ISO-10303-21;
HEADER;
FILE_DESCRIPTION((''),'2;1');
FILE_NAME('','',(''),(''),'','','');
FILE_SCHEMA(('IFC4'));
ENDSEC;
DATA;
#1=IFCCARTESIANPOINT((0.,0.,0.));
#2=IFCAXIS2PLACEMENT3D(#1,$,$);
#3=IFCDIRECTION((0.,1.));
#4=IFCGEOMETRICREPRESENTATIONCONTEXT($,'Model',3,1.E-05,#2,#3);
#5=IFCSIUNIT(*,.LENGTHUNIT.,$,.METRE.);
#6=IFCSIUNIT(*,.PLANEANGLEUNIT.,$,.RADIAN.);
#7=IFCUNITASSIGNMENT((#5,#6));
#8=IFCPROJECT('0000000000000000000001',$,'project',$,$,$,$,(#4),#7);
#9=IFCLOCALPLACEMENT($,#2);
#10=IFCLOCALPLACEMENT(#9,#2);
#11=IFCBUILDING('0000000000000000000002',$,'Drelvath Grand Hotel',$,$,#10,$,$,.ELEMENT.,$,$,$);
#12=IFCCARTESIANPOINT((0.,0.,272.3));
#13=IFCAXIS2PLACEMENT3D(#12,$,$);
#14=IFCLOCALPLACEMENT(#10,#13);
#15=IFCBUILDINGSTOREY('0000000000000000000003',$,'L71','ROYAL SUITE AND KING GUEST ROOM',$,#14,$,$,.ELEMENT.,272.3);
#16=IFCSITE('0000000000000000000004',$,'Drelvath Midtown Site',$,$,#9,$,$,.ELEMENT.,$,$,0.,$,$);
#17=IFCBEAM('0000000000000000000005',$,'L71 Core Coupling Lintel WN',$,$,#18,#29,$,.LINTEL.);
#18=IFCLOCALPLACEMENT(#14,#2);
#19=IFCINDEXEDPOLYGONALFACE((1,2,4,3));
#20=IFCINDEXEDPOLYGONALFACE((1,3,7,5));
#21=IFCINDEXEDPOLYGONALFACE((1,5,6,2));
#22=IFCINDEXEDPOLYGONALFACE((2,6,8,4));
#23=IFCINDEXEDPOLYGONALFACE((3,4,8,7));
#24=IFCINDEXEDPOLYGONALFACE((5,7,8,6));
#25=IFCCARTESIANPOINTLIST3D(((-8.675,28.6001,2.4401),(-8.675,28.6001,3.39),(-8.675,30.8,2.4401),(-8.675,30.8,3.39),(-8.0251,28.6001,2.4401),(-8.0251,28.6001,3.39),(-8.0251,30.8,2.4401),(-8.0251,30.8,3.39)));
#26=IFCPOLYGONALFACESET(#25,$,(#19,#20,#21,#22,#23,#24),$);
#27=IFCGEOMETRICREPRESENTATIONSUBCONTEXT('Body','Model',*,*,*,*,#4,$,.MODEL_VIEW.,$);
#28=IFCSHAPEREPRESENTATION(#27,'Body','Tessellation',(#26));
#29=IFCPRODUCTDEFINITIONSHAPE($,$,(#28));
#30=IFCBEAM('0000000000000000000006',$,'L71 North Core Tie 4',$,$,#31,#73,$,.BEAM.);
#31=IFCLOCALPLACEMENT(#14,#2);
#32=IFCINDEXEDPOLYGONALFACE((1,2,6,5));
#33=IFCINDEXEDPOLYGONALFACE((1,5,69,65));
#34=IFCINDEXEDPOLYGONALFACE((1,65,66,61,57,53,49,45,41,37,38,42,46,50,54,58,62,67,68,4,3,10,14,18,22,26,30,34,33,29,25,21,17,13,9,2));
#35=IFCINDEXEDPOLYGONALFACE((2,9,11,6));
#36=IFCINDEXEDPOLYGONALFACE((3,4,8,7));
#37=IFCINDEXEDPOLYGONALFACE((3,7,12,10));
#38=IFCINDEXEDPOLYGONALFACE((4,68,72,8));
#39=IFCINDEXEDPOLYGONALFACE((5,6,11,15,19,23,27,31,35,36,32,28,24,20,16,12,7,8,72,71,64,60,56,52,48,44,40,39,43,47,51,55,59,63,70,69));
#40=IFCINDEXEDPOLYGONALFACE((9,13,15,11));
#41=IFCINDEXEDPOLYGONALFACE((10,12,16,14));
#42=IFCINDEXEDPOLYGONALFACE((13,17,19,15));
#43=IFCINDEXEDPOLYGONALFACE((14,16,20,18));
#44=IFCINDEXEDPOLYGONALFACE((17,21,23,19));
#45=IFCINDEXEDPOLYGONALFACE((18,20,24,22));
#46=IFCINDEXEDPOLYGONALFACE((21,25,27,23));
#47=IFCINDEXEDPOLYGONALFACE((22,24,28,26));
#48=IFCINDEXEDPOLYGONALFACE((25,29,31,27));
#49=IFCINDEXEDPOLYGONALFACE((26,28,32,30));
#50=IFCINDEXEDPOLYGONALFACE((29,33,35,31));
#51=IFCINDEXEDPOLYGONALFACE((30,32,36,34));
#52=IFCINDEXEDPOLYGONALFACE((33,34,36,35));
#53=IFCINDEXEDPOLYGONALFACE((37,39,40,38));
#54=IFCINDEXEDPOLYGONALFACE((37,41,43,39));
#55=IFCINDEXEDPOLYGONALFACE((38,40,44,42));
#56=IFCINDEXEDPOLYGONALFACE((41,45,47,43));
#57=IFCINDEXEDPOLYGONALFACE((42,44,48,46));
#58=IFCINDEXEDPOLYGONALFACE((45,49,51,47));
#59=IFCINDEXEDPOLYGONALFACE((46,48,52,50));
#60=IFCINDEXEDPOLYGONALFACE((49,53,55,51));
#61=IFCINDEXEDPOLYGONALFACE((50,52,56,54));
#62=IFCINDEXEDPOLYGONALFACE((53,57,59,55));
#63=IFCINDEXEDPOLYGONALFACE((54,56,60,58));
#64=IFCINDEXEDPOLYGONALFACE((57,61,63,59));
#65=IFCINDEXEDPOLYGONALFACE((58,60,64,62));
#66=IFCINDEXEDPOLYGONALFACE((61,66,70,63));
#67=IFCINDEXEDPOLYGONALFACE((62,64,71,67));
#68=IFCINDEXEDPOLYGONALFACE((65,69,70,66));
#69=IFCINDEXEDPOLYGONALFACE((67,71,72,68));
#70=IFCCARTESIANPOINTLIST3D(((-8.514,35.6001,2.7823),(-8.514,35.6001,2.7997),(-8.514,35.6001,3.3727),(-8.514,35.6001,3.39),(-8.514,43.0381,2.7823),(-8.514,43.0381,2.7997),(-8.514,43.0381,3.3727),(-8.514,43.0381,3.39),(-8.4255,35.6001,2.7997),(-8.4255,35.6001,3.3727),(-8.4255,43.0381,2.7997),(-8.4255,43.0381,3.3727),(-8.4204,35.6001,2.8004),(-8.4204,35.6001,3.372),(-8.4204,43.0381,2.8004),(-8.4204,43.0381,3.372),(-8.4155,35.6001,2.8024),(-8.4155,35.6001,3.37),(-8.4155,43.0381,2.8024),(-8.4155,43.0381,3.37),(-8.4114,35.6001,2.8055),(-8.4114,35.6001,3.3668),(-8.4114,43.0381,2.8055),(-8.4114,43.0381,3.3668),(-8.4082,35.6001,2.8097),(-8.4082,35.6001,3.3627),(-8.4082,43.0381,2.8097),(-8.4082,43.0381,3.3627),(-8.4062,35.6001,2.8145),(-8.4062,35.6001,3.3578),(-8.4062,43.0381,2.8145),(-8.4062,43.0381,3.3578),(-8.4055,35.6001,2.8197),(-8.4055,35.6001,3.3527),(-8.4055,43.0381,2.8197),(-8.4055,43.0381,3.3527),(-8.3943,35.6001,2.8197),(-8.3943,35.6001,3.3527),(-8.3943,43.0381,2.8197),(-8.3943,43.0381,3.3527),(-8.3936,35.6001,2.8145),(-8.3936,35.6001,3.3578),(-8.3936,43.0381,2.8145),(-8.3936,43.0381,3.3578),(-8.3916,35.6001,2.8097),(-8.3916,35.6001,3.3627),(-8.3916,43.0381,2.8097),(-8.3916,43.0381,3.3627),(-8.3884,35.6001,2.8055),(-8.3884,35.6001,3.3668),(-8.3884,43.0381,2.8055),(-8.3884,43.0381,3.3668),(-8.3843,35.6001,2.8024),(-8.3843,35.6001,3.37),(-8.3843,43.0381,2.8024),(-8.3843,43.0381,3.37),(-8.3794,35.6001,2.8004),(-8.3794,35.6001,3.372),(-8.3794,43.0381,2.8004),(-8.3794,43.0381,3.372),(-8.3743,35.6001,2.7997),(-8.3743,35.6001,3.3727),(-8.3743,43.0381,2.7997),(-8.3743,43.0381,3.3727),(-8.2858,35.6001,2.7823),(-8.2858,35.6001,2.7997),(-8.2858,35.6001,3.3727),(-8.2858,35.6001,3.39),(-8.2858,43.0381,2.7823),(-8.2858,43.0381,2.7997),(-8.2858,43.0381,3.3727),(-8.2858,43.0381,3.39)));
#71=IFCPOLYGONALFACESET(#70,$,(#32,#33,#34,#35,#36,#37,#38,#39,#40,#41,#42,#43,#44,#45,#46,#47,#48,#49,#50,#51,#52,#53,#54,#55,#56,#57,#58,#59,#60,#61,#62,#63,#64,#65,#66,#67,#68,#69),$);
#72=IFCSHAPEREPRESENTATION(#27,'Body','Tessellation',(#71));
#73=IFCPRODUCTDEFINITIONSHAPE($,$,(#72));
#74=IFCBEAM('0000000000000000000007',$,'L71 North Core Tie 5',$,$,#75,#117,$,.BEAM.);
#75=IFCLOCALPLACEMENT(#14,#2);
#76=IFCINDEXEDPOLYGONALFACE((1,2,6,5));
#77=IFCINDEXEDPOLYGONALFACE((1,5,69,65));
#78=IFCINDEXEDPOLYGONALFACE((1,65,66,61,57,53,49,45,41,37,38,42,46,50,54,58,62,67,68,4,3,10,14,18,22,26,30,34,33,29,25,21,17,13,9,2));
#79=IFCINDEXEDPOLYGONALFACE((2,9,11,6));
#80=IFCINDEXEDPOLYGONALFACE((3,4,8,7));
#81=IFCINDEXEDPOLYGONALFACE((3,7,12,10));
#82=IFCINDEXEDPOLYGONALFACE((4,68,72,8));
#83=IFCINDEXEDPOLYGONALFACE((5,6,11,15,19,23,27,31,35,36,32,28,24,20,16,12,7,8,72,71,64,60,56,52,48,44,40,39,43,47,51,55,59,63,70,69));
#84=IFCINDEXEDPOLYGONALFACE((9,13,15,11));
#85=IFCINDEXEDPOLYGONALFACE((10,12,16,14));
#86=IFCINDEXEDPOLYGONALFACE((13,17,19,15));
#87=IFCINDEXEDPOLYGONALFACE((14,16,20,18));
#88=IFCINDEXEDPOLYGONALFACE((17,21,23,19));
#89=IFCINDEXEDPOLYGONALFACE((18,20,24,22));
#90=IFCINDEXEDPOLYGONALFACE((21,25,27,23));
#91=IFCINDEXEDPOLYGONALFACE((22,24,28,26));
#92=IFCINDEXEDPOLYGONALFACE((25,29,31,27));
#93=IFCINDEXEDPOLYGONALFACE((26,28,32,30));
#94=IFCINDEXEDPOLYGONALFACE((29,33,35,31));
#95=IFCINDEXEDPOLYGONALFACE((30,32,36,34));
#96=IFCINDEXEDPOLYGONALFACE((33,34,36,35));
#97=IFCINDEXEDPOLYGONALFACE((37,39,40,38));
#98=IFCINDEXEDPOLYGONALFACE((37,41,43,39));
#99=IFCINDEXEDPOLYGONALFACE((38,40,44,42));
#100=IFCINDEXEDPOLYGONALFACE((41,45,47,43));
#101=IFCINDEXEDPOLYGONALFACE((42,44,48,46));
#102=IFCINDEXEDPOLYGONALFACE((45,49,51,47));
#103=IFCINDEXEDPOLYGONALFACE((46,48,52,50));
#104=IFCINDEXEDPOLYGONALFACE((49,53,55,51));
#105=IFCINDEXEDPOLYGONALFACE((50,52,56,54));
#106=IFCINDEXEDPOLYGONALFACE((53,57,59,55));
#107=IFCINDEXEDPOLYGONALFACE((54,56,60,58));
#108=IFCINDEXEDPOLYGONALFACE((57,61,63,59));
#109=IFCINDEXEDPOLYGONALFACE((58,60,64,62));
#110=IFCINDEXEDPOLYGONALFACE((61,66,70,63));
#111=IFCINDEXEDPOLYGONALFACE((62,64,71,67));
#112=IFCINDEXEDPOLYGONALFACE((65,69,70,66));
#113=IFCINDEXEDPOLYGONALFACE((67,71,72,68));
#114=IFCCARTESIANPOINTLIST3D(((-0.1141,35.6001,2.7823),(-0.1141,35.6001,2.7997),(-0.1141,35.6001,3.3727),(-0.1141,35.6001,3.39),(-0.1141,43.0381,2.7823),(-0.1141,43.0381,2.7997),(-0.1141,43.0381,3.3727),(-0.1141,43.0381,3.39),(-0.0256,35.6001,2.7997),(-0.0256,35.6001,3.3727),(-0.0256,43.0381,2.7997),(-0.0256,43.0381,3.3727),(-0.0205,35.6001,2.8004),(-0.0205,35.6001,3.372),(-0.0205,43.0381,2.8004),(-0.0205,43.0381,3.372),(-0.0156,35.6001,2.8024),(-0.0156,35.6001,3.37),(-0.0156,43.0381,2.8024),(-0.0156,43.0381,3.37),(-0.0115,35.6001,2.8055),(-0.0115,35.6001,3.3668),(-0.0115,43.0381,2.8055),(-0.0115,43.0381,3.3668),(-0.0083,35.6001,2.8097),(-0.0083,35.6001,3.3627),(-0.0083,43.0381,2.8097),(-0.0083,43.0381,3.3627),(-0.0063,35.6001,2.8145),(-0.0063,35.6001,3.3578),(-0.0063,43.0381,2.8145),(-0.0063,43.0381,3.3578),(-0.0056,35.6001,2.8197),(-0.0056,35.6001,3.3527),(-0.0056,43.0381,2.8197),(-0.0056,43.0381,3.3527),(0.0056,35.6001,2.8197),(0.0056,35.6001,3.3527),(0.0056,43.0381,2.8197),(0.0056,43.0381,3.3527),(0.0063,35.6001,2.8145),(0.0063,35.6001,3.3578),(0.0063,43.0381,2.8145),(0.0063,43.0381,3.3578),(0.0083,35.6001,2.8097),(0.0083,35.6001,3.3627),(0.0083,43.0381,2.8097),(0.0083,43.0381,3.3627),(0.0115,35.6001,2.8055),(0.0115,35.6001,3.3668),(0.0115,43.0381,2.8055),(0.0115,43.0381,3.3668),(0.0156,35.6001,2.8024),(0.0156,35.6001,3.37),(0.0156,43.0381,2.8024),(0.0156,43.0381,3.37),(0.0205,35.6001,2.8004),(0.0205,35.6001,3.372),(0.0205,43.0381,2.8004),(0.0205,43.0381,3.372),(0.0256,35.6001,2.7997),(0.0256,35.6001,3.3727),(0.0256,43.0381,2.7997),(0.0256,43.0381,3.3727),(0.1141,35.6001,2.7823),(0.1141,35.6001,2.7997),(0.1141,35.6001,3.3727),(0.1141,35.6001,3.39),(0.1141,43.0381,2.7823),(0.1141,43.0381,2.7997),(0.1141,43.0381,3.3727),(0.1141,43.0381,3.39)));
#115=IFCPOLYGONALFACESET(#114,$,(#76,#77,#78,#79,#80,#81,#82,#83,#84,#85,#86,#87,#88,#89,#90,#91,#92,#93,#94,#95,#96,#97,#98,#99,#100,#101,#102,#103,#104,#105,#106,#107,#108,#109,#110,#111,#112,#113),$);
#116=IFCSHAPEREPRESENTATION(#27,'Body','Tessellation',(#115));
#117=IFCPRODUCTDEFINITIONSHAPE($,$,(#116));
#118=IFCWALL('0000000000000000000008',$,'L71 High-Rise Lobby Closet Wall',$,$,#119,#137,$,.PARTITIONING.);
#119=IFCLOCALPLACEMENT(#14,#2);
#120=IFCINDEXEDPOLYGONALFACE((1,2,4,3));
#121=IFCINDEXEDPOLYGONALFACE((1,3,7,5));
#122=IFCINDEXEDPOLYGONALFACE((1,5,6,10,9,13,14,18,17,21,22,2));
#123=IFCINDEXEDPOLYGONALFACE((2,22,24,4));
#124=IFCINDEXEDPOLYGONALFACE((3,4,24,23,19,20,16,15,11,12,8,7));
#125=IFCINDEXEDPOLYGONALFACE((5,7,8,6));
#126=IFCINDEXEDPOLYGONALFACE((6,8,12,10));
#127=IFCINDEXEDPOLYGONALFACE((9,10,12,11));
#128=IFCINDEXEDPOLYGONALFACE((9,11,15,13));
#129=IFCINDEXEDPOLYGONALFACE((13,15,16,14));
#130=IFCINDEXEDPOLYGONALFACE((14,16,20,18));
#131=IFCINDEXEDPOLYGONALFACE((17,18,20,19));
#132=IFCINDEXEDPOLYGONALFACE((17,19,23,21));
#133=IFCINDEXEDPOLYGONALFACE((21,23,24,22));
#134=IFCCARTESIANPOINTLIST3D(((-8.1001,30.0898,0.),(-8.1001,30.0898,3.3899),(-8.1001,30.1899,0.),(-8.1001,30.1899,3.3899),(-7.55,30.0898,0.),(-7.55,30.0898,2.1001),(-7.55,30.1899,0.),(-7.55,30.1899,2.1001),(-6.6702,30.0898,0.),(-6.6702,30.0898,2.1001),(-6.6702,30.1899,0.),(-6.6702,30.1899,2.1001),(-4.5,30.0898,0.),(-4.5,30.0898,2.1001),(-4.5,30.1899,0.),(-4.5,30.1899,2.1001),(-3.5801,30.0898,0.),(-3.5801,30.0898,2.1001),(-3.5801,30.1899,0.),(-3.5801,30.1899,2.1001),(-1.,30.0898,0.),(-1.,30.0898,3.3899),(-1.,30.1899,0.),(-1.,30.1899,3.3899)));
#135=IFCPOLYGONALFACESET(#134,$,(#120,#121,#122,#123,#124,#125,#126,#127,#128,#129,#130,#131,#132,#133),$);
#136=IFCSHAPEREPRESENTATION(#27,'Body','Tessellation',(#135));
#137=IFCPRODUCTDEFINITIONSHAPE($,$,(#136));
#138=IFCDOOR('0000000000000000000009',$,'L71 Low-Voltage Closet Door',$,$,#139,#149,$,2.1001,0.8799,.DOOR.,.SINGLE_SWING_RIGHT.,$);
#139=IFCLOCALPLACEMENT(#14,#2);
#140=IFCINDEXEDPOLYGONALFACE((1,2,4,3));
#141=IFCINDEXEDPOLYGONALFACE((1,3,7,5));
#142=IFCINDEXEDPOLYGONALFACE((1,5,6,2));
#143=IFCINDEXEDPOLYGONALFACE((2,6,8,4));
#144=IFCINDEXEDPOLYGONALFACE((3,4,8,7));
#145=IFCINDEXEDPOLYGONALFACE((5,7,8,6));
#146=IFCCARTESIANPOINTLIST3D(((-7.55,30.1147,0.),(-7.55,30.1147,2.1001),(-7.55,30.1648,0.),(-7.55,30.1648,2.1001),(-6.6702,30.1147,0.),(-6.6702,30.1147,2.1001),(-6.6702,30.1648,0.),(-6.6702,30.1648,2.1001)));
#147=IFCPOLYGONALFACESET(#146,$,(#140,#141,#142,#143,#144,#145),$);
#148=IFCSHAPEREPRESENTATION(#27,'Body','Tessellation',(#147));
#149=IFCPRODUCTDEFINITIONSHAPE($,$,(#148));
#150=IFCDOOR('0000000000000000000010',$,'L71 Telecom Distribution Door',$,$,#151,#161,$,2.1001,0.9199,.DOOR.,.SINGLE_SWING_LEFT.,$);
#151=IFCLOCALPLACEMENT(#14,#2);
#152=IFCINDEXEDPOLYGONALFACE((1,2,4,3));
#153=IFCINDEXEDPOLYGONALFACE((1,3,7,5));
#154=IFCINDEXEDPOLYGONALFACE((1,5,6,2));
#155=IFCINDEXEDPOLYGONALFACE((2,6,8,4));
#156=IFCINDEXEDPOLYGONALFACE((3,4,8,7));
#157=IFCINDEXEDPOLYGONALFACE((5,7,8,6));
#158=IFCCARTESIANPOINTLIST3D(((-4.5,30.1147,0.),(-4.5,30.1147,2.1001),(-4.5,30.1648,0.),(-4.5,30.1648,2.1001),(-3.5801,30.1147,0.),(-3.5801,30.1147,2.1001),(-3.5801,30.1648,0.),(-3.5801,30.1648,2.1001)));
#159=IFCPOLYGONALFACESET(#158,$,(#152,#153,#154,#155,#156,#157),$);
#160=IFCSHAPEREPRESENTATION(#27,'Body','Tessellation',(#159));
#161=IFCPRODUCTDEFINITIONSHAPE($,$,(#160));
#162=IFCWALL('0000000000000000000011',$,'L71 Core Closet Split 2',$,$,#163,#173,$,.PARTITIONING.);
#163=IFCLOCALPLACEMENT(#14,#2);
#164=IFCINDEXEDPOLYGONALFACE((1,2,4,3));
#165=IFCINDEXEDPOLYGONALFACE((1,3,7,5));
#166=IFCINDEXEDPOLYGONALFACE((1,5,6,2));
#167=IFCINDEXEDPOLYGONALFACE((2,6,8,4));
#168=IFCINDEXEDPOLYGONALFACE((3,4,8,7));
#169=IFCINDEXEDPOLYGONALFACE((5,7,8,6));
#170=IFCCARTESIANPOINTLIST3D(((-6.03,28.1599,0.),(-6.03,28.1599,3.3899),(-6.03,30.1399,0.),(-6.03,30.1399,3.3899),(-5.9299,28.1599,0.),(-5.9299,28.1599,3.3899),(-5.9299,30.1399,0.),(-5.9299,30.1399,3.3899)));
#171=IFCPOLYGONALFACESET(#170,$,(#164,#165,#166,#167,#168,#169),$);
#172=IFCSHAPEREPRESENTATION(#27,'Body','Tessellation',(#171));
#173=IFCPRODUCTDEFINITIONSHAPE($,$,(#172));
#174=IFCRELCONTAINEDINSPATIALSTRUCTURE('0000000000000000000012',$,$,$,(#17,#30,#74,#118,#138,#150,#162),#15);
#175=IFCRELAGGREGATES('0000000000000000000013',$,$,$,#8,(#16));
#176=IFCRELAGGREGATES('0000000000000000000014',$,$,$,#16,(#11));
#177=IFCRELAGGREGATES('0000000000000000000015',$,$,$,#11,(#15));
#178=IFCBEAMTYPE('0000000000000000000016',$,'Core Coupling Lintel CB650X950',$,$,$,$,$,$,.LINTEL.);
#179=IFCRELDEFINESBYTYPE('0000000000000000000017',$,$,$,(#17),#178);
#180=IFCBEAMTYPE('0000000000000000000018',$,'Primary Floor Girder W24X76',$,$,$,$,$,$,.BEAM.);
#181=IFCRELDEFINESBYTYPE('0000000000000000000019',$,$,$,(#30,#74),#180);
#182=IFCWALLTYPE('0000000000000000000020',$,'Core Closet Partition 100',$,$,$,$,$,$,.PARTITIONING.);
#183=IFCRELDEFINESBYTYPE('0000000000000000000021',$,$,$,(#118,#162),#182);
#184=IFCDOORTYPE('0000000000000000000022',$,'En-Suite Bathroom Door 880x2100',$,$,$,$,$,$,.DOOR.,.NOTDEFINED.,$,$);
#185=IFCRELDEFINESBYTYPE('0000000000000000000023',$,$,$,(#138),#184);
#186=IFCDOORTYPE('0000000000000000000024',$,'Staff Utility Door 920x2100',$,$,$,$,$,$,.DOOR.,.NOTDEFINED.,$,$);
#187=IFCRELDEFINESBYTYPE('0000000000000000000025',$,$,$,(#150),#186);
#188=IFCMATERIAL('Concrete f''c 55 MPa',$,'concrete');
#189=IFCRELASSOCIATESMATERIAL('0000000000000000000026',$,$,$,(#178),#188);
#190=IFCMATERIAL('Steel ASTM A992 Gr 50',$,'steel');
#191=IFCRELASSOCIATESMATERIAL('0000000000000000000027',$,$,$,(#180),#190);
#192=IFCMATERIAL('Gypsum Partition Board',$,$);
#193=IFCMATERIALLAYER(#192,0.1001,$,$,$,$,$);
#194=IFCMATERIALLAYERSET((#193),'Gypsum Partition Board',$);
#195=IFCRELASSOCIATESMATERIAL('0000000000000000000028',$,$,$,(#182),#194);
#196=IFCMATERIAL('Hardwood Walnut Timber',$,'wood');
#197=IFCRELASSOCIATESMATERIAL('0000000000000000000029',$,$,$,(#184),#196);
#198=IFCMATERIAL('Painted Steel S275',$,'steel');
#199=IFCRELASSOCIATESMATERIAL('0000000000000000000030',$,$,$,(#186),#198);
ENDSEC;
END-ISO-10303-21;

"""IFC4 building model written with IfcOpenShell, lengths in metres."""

from ifc_helpers import new_model, si_unit, direction, frame, frame_2d, origin, origin_2d, place, context, subcontext, project, spatial, rectangle, i_section, extrude, material, layer, layer_set, material_profile, profile_set, type_object, element, fill, save


model = new_model("IFC4")

# Units and contexts
model_context = context("Model", 3, precision=1e-05, world=origin(), true_north=direction((0.0, 1.0)))
body_context = subcontext(model_context, "Body", "Model", "MODEL_VIEW")
ifc_project = project(units=[si_unit("LENGTHUNIT", "METRE"), si_unit("PLANEANGLEUNIT", "RADIAN")], contexts=[model_context])

# Site, building, storey
site_placement = place(None, origin())
site = spatial("IfcSite", under=ifc_project, at=site_placement, Name="Drelvath Midtown Site", CompositionType="ELEMENT", RefElevation=0.0)
building_placement = place(site_placement, origin())
building = spatial("IfcBuilding", under=site, at=building_placement, Name="Drelvath Grand Hotel", CompositionType="ELEMENT")
storey_placement = place(building_placement, frame((0.0, 0.0, 272.3)))
storey = spatial("IfcBuildingStorey", under=building, at=storey_placement, Name="L71", Description="ROYAL SUITE AND KING GUEST ROOM", CompositionType="ELEMENT", Elevation=272.3)

# Beams
ifc_material_1 = material(Name="Concrete f'c 55 MPa", Category="concrete")
ifc_material_profile_1 = material_profile(ifc_material_1, rectangle(XDim=0.6499, YDim=0.95, at=origin_2d()), Name="CB650X950")
ifc_profile_set_1 = profile_set([ifc_material_profile_1], Name="Concrete f'c 55 MPa")
beam_type_1 = type_object("IfcBeamType", Name="Core Coupling Lintel CB650X950", PredefinedType="LINTEL", material=ifc_profile_set_1)
beam_placement = place(storey_placement, frame((-8.3501, 28.6001, 2.915), z_axis=(0.0, 1.0, 0.0), x_axis=(-1.0, 0.0, 0.0)))
element("IfcBeam", 1, at=beam_placement, inside=storey, type_object=beam_type_1, Name="L71 Core Coupling Lintel WN", PredefinedType="LINTEL", context=body_context, shape_type="SweptSolid", body=[
    extrude(rectangle(XDim=0.6499, YDim=0.95, at=origin_2d()), origin(), (0.0, 0.0, 1.0), 2.2),
])
ifc_material_2 = material(Name="Steel ASTM A992 Gr 50", Category="steel")
ifc_material_profile_2 = material_profile(ifc_material_2, i_section(OverallWidth=0.2283, OverallDepth=0.6077, WebThickness=0.0112, FlangeThickness=0.0173, FilletRadius=0.02, at=origin_2d()), Name="W24X76")
ifc_profile_set_2 = profile_set([ifc_material_profile_2], Name="Steel ASTM A992 Gr 50")
beam_type_2 = type_object("IfcBeamType", Name="Primary Floor Girder W24X76", PredefinedType="BEAM", material=ifc_profile_set_2)
for number, where, z_axis, x_axis, name in (
    (2, (-8.3999, 35.6001, 3.0862), (0.0, 1.0, 0.0), (-1.0, 0.0, 0.0), "L71 North Core Tie 4"),
    (3, (0.0, 35.6001, 3.0862), (0.0, 1.0, 0.0), (-1.0, 0.0, 0.0), "L71 North Core Tie 5"),
):
    element("IfcBeam", number, at=place(storey_placement, frame(where, z_axis=z_axis, x_axis=x_axis)), inside=storey, type_object=beam_type_2, Name=name, PredefinedType="BEAM", context=body_context, shape_type="SweptSolid", body=[
        extrude(i_section(OverallWidth=0.2283, OverallDepth=0.6077, WebThickness=0.0112, FlangeThickness=0.0173, FilletRadius=0.02, at=origin_2d()), origin(), (0.0, 0.0, 1.0), 7.438),
    ])

# Wall, openings, doors
ifc_material_3 = material(Name="Gypsum Partition Board")
ifc_layer_1 = layer(ifc_material_3, 0.1001)
ifc_layer_set_1 = layer_set([ifc_layer_1], Name="Gypsum Partition Board")
wall_type_1 = type_object("IfcWallType", Name="Core Closet Partition 100", PredefinedType="PARTITIONING", material=ifc_layer_set_1)
wall_1_placement = place(storey_placement, frame((-8.1001, 30.1399, 0.0), z_axis=(0.0, 0.0, 1.0), x_axis=(1.0, 0.0, 0.0)))
wall_1 = element("IfcWall", 4, at=wall_1_placement, inside=storey, type_object=wall_type_1, Name="L71 High-Rise Lobby Closet Wall", PredefinedType="PARTITIONING", context=body_context, shape_type="SweptSolid", body=[
    extrude(rectangle(XDim=7.1001, YDim=0.1001, at=frame_2d((3.55, 0.0))), origin(), (0.0, 0.0, 1.0), 3.3899),
])
opening_1_placement = place(wall_1_placement, frame((0.55, 0.0, 0.0)))
opening_1 = element("IfcOpeningElement", 5, at=opening_1_placement, cuts=wall_1, PredefinedType="OPENING", context=body_context, shape_type="SweptSolid", body=[
    extrude(rectangle(XDim=0.8799, YDim=2.1001, at=frame_2d((0.4399, 1.05))), frame((0.0, 0.0601, 0.0), z_axis=(0.0, -1.0, 0.0), x_axis=(1.0, 0.0, 0.0)), (0.0, 0.0, 1.0), 0.1201),
])
opening_2_placement = place(wall_1_placement, frame((3.6001, 0.0, 0.0)))
opening_2 = element("IfcOpeningElement", 6, at=opening_2_placement, cuts=wall_1, PredefinedType="OPENING", context=body_context, shape_type="SweptSolid", body=[
    extrude(rectangle(XDim=0.9199, YDim=2.1001, at=frame_2d((0.46, 1.05))), frame((0.0, 0.0601, 0.0), z_axis=(0.0, -1.0, 0.0), x_axis=(1.0, 0.0, 0.0)), (0.0, 0.0, 1.0), 0.1201),
])
ifc_material_4 = material(Name="Hardwood Walnut Timber", Category="wood")
door_type_1 = type_object("IfcDoorType", Name="En-Suite Bathroom Door 880x2100", OperationType="NOTDEFINED", PredefinedType="DOOR", material=ifc_material_4)
door_1_placement = place(opening_1_placement, origin())
door_1 = element("IfcDoor", 7, at=door_1_placement, inside=storey, type_object=door_type_1, Name="L71 Low-Voltage Closet Door", OperationType="SINGLE_SWING_RIGHT", OverallHeight=2.1001, OverallWidth=0.8799, PredefinedType="DOOR", context=body_context, shape_type="SweptSolid", body=[
    extrude(rectangle(XDim=0.8799, YDim=2.1001, at=frame_2d((0.4399, 1.05))), frame((0.0, 0.0249, 0.0), z_axis=(0.0, -1.0, 0.0), x_axis=(1.0, 0.0, 0.0)), (0.0, 0.0, 1.0), 0.05),
])
fill(opening_1, door_1)
ifc_material_5 = material(Name="Painted Steel S275", Category="steel")
door_type_2 = type_object("IfcDoorType", Name="Staff Utility Door 920x2100", OperationType="NOTDEFINED", PredefinedType="DOOR", material=ifc_material_5)
door_2_placement = place(opening_2_placement, origin())
door_2 = element("IfcDoor", 8, at=door_2_placement, inside=storey, type_object=door_type_2, Name="L71 Telecom Distribution Door", OperationType="SINGLE_SWING_LEFT", OverallHeight=2.1001, OverallWidth=0.9199, PredefinedType="DOOR", context=body_context, shape_type="SweptSolid", body=[
    extrude(rectangle(XDim=0.9199, YDim=2.1001, at=frame_2d((0.46, 1.05))), frame((0.0, 0.0249, 0.0), z_axis=(0.0, -1.0, 0.0), x_axis=(1.0, 0.0, 0.0)), (0.0, 0.0, 1.0), 0.05),
])
fill(opening_2, door_2)

# Wall
wall_2_placement = place(storey_placement, frame((-5.98, 28.1599, 0.0), z_axis=(0.0, 0.0, 1.0), x_axis=(0.0, 1.0, 0.0)))
element("IfcWall", 9, at=wall_2_placement, inside=storey, type_object=wall_type_1, Name="L71 Core Closet Split 2", PredefinedType="PARTITIONING", context=body_context, shape_type="SweptSolid", body=[
    extrude(rectangle(XDim=1.98, YDim=0.1001, at=frame_2d((0.99, 0.0))), origin(), (0.0, 0.0, 1.0), 3.3899),
])

save(model, "model.ifc")
